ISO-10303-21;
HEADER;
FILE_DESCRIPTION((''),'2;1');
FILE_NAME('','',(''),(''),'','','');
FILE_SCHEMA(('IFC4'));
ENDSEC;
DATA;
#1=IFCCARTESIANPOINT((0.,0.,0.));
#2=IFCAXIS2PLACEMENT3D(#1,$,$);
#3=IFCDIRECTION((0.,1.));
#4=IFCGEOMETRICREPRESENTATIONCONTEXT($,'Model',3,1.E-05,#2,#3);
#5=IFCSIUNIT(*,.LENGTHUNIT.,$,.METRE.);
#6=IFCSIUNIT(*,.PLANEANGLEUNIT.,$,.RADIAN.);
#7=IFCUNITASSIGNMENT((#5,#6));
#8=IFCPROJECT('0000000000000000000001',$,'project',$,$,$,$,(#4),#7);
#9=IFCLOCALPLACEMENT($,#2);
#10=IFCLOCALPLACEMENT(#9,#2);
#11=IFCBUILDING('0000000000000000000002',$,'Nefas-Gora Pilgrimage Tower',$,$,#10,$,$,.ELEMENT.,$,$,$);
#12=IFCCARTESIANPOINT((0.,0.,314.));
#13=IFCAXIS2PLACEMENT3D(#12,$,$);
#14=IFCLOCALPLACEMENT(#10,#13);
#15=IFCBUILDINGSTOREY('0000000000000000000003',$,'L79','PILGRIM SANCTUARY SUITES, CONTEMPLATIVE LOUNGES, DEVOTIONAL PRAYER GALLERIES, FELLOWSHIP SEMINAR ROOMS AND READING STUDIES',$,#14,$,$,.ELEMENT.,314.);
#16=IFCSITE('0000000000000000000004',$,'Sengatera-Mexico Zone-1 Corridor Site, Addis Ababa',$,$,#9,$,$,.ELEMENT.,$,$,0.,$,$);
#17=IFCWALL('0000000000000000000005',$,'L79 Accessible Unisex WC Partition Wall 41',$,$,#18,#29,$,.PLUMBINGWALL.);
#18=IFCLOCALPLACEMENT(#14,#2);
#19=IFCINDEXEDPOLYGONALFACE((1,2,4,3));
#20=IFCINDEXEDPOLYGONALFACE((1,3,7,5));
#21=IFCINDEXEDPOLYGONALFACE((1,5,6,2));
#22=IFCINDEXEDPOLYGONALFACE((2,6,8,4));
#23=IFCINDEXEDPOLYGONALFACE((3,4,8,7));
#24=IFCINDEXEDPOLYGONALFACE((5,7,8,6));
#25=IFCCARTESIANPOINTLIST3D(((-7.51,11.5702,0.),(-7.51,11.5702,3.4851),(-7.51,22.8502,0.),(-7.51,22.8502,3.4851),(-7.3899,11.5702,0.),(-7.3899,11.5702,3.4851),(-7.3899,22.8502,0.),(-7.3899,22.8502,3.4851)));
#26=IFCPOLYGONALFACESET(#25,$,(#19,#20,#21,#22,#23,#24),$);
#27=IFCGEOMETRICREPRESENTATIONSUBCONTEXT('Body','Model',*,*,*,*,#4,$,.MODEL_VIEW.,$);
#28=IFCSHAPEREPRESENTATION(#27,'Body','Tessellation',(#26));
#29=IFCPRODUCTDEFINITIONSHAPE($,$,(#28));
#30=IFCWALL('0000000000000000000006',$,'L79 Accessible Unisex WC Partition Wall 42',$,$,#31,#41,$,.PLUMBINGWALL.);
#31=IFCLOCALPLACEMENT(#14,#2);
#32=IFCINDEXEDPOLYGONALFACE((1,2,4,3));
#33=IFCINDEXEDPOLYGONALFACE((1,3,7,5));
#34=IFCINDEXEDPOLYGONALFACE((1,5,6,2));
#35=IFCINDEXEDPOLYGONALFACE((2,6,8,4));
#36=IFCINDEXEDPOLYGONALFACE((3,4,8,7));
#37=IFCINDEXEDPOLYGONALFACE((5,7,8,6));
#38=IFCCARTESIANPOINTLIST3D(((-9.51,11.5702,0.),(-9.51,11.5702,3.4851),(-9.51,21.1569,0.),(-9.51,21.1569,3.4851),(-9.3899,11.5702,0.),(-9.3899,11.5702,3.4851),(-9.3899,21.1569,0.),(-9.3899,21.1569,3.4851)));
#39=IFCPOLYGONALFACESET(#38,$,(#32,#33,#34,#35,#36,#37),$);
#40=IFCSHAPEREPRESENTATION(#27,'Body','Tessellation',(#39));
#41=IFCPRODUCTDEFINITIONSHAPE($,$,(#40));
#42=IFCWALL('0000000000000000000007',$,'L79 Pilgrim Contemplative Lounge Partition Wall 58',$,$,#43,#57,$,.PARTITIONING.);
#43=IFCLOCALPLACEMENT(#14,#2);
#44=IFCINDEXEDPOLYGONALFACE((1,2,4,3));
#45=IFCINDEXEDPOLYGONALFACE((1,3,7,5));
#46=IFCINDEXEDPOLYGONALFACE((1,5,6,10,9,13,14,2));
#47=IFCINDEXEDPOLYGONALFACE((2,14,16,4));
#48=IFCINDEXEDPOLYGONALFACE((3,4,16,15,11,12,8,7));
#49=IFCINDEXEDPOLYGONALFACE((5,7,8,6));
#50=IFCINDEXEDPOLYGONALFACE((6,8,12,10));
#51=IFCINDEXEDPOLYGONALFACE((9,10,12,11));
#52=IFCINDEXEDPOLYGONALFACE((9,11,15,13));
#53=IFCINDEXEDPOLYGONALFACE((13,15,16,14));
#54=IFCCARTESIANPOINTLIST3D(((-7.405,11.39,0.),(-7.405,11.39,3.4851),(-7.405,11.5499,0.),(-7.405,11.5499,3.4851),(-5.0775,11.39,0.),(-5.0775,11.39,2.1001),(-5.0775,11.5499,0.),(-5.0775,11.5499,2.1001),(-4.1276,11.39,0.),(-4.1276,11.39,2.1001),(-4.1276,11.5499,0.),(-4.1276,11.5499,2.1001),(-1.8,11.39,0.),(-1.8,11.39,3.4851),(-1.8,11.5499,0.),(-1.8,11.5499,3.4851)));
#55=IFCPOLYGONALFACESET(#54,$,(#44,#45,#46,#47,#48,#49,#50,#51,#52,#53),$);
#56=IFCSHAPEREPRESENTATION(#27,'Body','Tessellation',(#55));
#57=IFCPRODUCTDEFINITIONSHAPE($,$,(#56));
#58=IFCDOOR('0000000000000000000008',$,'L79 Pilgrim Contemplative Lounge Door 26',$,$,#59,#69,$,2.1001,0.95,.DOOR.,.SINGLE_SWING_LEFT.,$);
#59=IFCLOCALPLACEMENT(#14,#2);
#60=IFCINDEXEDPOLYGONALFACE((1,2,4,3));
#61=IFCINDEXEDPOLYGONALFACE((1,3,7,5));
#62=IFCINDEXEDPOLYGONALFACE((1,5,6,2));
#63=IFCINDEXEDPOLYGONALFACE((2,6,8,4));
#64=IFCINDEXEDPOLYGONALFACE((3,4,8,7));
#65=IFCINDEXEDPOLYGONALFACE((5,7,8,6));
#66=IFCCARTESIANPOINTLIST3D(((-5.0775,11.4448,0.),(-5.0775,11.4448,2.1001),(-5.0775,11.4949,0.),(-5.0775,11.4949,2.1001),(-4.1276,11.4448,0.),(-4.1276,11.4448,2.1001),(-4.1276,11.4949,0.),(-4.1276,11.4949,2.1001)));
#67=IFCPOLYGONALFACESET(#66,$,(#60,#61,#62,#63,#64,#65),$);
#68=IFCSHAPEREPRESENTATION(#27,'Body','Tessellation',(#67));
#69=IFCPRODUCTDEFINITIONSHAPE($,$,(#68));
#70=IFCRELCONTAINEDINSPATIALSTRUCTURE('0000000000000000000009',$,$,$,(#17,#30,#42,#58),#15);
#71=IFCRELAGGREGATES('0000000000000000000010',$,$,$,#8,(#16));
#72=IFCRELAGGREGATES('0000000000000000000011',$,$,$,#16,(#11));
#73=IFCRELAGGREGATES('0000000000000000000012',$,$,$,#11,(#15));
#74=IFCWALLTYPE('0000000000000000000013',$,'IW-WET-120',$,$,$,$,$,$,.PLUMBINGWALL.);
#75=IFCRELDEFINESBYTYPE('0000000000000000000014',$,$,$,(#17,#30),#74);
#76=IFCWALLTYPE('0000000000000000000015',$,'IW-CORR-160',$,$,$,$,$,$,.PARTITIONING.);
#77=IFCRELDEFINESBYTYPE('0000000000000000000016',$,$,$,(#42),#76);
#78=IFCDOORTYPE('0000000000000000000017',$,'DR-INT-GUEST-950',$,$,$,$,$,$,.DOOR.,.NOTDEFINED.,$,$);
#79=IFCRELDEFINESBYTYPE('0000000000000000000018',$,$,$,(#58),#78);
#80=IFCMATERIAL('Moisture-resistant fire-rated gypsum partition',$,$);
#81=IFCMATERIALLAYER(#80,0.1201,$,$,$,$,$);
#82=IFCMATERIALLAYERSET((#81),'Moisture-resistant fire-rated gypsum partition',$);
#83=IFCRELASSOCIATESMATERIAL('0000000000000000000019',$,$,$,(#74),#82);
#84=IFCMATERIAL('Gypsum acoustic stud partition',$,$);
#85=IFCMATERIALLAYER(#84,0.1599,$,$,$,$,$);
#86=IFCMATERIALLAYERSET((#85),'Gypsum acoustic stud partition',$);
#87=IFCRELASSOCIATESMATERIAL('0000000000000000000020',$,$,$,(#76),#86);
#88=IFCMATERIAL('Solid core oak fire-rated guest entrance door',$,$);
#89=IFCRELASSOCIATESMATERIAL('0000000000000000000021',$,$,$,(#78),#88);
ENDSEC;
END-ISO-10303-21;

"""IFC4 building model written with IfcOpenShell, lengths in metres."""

from ifc_helpers import new_model, si_unit, direction, frame, frame_2d, origin, place, context, subcontext, project, spatial, rectangle, extrude, source, transform, mapped, material, layer, layer_set, type_object, element, fill, save


model = new_model("IFC4")

# Units and contexts
model_context = context("Model", 3, precision=1e-05, world=origin(), true_north=direction((0.0, 1.0)))
body_context = subcontext(model_context, "Body", "Model", "MODEL_VIEW")
ifc_project = project(units=[si_unit("LENGTHUNIT", "METRE"), si_unit("PLANEANGLEUNIT", "RADIAN")], contexts=[model_context])

# Site, building, storey
site_placement = place(None, origin())
site = spatial("IfcSite", under=ifc_project, at=site_placement, Name="Sengatera-Mexico Zone-1 Corridor Site, Addis Ababa", CompositionType="ELEMENT", RefElevation=0.0)
building_placement = place(site_placement, origin())
building = spatial("IfcBuilding", under=site, at=building_placement, Name="Nefas-Gora Pilgrimage Tower", CompositionType="ELEMENT")
storey_placement = place(building_placement, frame((0.0, 0.0, 314.0)))
storey = spatial("IfcBuildingStorey", under=building, at=storey_placement, Name="L79", Description="PILGRIM SANCTUARY SUITES, CONTEMPLATIVE LOUNGES, DEVOTIONAL PRAYER GALLERIES, FELLOWSHIP SEMINAR ROOMS AND READING STUDIES", CompositionType="ELEMENT", Elevation=314.0)

# Shared definitions
ifc_material_1 = material(Name="Moisture-resistant fire-rated gypsum partition")
ifc_layer_1 = layer(ifc_material_1, 0.1201)
ifc_layer_set_1 = layer_set([ifc_layer_1], Name="Moisture-resistant fire-rated gypsum partition")
wall_type_1 = type_object("IfcWallType", Name="IW-WET-120", PredefinedType="PLUMBINGWALL", material=ifc_layer_set_1)

# Walls
shared_shape_1 = source(origin(), body_context, "Body", "SweptSolid", [
    extrude(rectangle(XDim=11.28, YDim=0.1201, at=frame_2d((5.6401, 0.0))), origin(), (0.0, 0.0, 1.0), 3.4851),
])
wall_1_placement = place(storey_placement, frame((-7.45, 11.5701, 0.0), z_axis=(0.0, 0.0, 1.0), x_axis=(0.0, 1.0, 0.0)))
element("IfcWall", 1, at=wall_1_placement, inside=storey, type_object=wall_type_1, Name="L79 Accessible Unisex WC Partition Wall 41", PredefinedType="PLUMBINGWALL", context=body_context, shape_type="MappedRepresentation", body=[
    mapped(shared_shape_1, transform((0.0, 0.0, 0.0), x_axis=(1.0, 0.0, 0.0), y_axis=(0.0, 1.0, 0.0), z_axis=(0.0, 0.0, 1.0), scale=1.0)),
])
shared_shape_2 = source(origin(), body_context, "Body", "SweptSolid", [
    extrude(rectangle(XDim=9.5867, YDim=0.1201, at=frame_2d((4.7935, 0.0))), origin(), (0.0, 0.0, 1.0), 3.4851),
])
wall_2_placement = place(storey_placement, frame((-9.45, 11.5701, 0.0), z_axis=(0.0, 0.0, 1.0), x_axis=(0.0, 1.0, 0.0)))
element("IfcWall", 2, at=wall_2_placement, inside=storey, type_object=wall_type_1, Name="L79 Accessible Unisex WC Partition Wall 42", PredefinedType="PLUMBINGWALL", context=body_context, shape_type="MappedRepresentation", body=[
    mapped(shared_shape_2, transform((0.0, 0.0, 0.0), x_axis=(1.0, 0.0, 0.0), y_axis=(0.0, 1.0, 0.0), z_axis=(0.0, 0.0, 1.0), scale=1.0)),
])

# Wall, opening, door
ifc_material_2 = material(Name="Gypsum acoustic stud partition")
ifc_layer_2 = layer(ifc_material_2, 0.1599)
ifc_layer_set_2 = layer_set([ifc_layer_2], Name="Gypsum acoustic stud partition")
wall_type_2 = type_object("IfcWallType", Name="IW-CORR-160", PredefinedType="PARTITIONING", material=ifc_layer_set_2)
shared_shape_3 = source(origin(), body_context, "Body", "SweptSolid", [
    extrude(rectangle(XDim=5.605, YDim=0.1599, at=frame_2d((2.8025, 0.0))), origin(), (0.0, 0.0, 1.0), 3.4851),
])
wall_3_placement = place(storey_placement, frame((-7.405, 11.47, 0.0), z_axis=(0.0, 0.0, 1.0), x_axis=(1.0, 0.0, 0.0)))
wall_3 = element("IfcWall", 3, at=wall_3_placement, inside=storey, type_object=wall_type_2, Name="L79 Pilgrim Contemplative Lounge Partition Wall 58", PredefinedType="PARTITIONING", context=body_context, shape_type="MappedRepresentation", body=[
    mapped(shared_shape_3, transform((0.0, 0.0, 0.0), x_axis=(1.0, 0.0, 0.0), y_axis=(0.0, 1.0, 0.0), z_axis=(0.0, 0.0, 1.0), scale=1.0)),
])
opening_1_placement = place(wall_3_placement, frame((2.3274, 0.0, 0.0)))
opening_1 = element("IfcOpeningElement", 4, at=opening_1_placement, cuts=wall_3, PredefinedType="OPENING", context=body_context, shape_type="SweptSolid", body=[
    extrude(rectangle(XDim=0.95, YDim=2.1001, at=frame_2d((0.4751, 1.05))), frame((0.0, 0.0898, 0.0), z_axis=(0.0, -1.0, 0.0), x_axis=(1.0, 0.0, 0.0)), (0.0, 0.0, 1.0), 0.1799),
])
ifc_material_3 = material(Name="Solid core oak fire-rated guest entrance door")
door_type_1 = type_object("IfcDoorType", Name="DR-INT-GUEST-950", OperationType="NOTDEFINED", PredefinedType="DOOR", material=ifc_material_3)
shared_shape_4 = source(origin(), body_context, "Body", "SweptSolid", [
    extrude(rectangle(XDim=0.95, YDim=2.1001, at=frame_2d((0.4751, 1.05))), frame((0.0, 0.0249, 0.0), z_axis=(0.0, -1.0, 0.0), x_axis=(1.0, 0.0, 0.0)), (0.0, 0.0, 1.0), 0.05),
])
door_1_placement = place(opening_1_placement, origin())
door_1 = element("IfcDoor", 5, at=door_1_placement, inside=storey, type_object=door_type_1, Name="L79 Pilgrim Contemplative Lounge Door 26", OperationType="SINGLE_SWING_LEFT", OverallHeight=2.1001, OverallWidth=0.95, PredefinedType="DOOR", context=body_context, shape_type="MappedRepresentation", body=[
    mapped(shared_shape_4, transform((0.0, 0.0, 0.0), x_axis=(1.0, 0.0, 0.0), y_axis=(0.0, 1.0, 0.0), z_axis=(0.0, 0.0, 1.0), scale=1.0)),
])
fill(opening_1, door_1)

save(model, "model.ifc")
